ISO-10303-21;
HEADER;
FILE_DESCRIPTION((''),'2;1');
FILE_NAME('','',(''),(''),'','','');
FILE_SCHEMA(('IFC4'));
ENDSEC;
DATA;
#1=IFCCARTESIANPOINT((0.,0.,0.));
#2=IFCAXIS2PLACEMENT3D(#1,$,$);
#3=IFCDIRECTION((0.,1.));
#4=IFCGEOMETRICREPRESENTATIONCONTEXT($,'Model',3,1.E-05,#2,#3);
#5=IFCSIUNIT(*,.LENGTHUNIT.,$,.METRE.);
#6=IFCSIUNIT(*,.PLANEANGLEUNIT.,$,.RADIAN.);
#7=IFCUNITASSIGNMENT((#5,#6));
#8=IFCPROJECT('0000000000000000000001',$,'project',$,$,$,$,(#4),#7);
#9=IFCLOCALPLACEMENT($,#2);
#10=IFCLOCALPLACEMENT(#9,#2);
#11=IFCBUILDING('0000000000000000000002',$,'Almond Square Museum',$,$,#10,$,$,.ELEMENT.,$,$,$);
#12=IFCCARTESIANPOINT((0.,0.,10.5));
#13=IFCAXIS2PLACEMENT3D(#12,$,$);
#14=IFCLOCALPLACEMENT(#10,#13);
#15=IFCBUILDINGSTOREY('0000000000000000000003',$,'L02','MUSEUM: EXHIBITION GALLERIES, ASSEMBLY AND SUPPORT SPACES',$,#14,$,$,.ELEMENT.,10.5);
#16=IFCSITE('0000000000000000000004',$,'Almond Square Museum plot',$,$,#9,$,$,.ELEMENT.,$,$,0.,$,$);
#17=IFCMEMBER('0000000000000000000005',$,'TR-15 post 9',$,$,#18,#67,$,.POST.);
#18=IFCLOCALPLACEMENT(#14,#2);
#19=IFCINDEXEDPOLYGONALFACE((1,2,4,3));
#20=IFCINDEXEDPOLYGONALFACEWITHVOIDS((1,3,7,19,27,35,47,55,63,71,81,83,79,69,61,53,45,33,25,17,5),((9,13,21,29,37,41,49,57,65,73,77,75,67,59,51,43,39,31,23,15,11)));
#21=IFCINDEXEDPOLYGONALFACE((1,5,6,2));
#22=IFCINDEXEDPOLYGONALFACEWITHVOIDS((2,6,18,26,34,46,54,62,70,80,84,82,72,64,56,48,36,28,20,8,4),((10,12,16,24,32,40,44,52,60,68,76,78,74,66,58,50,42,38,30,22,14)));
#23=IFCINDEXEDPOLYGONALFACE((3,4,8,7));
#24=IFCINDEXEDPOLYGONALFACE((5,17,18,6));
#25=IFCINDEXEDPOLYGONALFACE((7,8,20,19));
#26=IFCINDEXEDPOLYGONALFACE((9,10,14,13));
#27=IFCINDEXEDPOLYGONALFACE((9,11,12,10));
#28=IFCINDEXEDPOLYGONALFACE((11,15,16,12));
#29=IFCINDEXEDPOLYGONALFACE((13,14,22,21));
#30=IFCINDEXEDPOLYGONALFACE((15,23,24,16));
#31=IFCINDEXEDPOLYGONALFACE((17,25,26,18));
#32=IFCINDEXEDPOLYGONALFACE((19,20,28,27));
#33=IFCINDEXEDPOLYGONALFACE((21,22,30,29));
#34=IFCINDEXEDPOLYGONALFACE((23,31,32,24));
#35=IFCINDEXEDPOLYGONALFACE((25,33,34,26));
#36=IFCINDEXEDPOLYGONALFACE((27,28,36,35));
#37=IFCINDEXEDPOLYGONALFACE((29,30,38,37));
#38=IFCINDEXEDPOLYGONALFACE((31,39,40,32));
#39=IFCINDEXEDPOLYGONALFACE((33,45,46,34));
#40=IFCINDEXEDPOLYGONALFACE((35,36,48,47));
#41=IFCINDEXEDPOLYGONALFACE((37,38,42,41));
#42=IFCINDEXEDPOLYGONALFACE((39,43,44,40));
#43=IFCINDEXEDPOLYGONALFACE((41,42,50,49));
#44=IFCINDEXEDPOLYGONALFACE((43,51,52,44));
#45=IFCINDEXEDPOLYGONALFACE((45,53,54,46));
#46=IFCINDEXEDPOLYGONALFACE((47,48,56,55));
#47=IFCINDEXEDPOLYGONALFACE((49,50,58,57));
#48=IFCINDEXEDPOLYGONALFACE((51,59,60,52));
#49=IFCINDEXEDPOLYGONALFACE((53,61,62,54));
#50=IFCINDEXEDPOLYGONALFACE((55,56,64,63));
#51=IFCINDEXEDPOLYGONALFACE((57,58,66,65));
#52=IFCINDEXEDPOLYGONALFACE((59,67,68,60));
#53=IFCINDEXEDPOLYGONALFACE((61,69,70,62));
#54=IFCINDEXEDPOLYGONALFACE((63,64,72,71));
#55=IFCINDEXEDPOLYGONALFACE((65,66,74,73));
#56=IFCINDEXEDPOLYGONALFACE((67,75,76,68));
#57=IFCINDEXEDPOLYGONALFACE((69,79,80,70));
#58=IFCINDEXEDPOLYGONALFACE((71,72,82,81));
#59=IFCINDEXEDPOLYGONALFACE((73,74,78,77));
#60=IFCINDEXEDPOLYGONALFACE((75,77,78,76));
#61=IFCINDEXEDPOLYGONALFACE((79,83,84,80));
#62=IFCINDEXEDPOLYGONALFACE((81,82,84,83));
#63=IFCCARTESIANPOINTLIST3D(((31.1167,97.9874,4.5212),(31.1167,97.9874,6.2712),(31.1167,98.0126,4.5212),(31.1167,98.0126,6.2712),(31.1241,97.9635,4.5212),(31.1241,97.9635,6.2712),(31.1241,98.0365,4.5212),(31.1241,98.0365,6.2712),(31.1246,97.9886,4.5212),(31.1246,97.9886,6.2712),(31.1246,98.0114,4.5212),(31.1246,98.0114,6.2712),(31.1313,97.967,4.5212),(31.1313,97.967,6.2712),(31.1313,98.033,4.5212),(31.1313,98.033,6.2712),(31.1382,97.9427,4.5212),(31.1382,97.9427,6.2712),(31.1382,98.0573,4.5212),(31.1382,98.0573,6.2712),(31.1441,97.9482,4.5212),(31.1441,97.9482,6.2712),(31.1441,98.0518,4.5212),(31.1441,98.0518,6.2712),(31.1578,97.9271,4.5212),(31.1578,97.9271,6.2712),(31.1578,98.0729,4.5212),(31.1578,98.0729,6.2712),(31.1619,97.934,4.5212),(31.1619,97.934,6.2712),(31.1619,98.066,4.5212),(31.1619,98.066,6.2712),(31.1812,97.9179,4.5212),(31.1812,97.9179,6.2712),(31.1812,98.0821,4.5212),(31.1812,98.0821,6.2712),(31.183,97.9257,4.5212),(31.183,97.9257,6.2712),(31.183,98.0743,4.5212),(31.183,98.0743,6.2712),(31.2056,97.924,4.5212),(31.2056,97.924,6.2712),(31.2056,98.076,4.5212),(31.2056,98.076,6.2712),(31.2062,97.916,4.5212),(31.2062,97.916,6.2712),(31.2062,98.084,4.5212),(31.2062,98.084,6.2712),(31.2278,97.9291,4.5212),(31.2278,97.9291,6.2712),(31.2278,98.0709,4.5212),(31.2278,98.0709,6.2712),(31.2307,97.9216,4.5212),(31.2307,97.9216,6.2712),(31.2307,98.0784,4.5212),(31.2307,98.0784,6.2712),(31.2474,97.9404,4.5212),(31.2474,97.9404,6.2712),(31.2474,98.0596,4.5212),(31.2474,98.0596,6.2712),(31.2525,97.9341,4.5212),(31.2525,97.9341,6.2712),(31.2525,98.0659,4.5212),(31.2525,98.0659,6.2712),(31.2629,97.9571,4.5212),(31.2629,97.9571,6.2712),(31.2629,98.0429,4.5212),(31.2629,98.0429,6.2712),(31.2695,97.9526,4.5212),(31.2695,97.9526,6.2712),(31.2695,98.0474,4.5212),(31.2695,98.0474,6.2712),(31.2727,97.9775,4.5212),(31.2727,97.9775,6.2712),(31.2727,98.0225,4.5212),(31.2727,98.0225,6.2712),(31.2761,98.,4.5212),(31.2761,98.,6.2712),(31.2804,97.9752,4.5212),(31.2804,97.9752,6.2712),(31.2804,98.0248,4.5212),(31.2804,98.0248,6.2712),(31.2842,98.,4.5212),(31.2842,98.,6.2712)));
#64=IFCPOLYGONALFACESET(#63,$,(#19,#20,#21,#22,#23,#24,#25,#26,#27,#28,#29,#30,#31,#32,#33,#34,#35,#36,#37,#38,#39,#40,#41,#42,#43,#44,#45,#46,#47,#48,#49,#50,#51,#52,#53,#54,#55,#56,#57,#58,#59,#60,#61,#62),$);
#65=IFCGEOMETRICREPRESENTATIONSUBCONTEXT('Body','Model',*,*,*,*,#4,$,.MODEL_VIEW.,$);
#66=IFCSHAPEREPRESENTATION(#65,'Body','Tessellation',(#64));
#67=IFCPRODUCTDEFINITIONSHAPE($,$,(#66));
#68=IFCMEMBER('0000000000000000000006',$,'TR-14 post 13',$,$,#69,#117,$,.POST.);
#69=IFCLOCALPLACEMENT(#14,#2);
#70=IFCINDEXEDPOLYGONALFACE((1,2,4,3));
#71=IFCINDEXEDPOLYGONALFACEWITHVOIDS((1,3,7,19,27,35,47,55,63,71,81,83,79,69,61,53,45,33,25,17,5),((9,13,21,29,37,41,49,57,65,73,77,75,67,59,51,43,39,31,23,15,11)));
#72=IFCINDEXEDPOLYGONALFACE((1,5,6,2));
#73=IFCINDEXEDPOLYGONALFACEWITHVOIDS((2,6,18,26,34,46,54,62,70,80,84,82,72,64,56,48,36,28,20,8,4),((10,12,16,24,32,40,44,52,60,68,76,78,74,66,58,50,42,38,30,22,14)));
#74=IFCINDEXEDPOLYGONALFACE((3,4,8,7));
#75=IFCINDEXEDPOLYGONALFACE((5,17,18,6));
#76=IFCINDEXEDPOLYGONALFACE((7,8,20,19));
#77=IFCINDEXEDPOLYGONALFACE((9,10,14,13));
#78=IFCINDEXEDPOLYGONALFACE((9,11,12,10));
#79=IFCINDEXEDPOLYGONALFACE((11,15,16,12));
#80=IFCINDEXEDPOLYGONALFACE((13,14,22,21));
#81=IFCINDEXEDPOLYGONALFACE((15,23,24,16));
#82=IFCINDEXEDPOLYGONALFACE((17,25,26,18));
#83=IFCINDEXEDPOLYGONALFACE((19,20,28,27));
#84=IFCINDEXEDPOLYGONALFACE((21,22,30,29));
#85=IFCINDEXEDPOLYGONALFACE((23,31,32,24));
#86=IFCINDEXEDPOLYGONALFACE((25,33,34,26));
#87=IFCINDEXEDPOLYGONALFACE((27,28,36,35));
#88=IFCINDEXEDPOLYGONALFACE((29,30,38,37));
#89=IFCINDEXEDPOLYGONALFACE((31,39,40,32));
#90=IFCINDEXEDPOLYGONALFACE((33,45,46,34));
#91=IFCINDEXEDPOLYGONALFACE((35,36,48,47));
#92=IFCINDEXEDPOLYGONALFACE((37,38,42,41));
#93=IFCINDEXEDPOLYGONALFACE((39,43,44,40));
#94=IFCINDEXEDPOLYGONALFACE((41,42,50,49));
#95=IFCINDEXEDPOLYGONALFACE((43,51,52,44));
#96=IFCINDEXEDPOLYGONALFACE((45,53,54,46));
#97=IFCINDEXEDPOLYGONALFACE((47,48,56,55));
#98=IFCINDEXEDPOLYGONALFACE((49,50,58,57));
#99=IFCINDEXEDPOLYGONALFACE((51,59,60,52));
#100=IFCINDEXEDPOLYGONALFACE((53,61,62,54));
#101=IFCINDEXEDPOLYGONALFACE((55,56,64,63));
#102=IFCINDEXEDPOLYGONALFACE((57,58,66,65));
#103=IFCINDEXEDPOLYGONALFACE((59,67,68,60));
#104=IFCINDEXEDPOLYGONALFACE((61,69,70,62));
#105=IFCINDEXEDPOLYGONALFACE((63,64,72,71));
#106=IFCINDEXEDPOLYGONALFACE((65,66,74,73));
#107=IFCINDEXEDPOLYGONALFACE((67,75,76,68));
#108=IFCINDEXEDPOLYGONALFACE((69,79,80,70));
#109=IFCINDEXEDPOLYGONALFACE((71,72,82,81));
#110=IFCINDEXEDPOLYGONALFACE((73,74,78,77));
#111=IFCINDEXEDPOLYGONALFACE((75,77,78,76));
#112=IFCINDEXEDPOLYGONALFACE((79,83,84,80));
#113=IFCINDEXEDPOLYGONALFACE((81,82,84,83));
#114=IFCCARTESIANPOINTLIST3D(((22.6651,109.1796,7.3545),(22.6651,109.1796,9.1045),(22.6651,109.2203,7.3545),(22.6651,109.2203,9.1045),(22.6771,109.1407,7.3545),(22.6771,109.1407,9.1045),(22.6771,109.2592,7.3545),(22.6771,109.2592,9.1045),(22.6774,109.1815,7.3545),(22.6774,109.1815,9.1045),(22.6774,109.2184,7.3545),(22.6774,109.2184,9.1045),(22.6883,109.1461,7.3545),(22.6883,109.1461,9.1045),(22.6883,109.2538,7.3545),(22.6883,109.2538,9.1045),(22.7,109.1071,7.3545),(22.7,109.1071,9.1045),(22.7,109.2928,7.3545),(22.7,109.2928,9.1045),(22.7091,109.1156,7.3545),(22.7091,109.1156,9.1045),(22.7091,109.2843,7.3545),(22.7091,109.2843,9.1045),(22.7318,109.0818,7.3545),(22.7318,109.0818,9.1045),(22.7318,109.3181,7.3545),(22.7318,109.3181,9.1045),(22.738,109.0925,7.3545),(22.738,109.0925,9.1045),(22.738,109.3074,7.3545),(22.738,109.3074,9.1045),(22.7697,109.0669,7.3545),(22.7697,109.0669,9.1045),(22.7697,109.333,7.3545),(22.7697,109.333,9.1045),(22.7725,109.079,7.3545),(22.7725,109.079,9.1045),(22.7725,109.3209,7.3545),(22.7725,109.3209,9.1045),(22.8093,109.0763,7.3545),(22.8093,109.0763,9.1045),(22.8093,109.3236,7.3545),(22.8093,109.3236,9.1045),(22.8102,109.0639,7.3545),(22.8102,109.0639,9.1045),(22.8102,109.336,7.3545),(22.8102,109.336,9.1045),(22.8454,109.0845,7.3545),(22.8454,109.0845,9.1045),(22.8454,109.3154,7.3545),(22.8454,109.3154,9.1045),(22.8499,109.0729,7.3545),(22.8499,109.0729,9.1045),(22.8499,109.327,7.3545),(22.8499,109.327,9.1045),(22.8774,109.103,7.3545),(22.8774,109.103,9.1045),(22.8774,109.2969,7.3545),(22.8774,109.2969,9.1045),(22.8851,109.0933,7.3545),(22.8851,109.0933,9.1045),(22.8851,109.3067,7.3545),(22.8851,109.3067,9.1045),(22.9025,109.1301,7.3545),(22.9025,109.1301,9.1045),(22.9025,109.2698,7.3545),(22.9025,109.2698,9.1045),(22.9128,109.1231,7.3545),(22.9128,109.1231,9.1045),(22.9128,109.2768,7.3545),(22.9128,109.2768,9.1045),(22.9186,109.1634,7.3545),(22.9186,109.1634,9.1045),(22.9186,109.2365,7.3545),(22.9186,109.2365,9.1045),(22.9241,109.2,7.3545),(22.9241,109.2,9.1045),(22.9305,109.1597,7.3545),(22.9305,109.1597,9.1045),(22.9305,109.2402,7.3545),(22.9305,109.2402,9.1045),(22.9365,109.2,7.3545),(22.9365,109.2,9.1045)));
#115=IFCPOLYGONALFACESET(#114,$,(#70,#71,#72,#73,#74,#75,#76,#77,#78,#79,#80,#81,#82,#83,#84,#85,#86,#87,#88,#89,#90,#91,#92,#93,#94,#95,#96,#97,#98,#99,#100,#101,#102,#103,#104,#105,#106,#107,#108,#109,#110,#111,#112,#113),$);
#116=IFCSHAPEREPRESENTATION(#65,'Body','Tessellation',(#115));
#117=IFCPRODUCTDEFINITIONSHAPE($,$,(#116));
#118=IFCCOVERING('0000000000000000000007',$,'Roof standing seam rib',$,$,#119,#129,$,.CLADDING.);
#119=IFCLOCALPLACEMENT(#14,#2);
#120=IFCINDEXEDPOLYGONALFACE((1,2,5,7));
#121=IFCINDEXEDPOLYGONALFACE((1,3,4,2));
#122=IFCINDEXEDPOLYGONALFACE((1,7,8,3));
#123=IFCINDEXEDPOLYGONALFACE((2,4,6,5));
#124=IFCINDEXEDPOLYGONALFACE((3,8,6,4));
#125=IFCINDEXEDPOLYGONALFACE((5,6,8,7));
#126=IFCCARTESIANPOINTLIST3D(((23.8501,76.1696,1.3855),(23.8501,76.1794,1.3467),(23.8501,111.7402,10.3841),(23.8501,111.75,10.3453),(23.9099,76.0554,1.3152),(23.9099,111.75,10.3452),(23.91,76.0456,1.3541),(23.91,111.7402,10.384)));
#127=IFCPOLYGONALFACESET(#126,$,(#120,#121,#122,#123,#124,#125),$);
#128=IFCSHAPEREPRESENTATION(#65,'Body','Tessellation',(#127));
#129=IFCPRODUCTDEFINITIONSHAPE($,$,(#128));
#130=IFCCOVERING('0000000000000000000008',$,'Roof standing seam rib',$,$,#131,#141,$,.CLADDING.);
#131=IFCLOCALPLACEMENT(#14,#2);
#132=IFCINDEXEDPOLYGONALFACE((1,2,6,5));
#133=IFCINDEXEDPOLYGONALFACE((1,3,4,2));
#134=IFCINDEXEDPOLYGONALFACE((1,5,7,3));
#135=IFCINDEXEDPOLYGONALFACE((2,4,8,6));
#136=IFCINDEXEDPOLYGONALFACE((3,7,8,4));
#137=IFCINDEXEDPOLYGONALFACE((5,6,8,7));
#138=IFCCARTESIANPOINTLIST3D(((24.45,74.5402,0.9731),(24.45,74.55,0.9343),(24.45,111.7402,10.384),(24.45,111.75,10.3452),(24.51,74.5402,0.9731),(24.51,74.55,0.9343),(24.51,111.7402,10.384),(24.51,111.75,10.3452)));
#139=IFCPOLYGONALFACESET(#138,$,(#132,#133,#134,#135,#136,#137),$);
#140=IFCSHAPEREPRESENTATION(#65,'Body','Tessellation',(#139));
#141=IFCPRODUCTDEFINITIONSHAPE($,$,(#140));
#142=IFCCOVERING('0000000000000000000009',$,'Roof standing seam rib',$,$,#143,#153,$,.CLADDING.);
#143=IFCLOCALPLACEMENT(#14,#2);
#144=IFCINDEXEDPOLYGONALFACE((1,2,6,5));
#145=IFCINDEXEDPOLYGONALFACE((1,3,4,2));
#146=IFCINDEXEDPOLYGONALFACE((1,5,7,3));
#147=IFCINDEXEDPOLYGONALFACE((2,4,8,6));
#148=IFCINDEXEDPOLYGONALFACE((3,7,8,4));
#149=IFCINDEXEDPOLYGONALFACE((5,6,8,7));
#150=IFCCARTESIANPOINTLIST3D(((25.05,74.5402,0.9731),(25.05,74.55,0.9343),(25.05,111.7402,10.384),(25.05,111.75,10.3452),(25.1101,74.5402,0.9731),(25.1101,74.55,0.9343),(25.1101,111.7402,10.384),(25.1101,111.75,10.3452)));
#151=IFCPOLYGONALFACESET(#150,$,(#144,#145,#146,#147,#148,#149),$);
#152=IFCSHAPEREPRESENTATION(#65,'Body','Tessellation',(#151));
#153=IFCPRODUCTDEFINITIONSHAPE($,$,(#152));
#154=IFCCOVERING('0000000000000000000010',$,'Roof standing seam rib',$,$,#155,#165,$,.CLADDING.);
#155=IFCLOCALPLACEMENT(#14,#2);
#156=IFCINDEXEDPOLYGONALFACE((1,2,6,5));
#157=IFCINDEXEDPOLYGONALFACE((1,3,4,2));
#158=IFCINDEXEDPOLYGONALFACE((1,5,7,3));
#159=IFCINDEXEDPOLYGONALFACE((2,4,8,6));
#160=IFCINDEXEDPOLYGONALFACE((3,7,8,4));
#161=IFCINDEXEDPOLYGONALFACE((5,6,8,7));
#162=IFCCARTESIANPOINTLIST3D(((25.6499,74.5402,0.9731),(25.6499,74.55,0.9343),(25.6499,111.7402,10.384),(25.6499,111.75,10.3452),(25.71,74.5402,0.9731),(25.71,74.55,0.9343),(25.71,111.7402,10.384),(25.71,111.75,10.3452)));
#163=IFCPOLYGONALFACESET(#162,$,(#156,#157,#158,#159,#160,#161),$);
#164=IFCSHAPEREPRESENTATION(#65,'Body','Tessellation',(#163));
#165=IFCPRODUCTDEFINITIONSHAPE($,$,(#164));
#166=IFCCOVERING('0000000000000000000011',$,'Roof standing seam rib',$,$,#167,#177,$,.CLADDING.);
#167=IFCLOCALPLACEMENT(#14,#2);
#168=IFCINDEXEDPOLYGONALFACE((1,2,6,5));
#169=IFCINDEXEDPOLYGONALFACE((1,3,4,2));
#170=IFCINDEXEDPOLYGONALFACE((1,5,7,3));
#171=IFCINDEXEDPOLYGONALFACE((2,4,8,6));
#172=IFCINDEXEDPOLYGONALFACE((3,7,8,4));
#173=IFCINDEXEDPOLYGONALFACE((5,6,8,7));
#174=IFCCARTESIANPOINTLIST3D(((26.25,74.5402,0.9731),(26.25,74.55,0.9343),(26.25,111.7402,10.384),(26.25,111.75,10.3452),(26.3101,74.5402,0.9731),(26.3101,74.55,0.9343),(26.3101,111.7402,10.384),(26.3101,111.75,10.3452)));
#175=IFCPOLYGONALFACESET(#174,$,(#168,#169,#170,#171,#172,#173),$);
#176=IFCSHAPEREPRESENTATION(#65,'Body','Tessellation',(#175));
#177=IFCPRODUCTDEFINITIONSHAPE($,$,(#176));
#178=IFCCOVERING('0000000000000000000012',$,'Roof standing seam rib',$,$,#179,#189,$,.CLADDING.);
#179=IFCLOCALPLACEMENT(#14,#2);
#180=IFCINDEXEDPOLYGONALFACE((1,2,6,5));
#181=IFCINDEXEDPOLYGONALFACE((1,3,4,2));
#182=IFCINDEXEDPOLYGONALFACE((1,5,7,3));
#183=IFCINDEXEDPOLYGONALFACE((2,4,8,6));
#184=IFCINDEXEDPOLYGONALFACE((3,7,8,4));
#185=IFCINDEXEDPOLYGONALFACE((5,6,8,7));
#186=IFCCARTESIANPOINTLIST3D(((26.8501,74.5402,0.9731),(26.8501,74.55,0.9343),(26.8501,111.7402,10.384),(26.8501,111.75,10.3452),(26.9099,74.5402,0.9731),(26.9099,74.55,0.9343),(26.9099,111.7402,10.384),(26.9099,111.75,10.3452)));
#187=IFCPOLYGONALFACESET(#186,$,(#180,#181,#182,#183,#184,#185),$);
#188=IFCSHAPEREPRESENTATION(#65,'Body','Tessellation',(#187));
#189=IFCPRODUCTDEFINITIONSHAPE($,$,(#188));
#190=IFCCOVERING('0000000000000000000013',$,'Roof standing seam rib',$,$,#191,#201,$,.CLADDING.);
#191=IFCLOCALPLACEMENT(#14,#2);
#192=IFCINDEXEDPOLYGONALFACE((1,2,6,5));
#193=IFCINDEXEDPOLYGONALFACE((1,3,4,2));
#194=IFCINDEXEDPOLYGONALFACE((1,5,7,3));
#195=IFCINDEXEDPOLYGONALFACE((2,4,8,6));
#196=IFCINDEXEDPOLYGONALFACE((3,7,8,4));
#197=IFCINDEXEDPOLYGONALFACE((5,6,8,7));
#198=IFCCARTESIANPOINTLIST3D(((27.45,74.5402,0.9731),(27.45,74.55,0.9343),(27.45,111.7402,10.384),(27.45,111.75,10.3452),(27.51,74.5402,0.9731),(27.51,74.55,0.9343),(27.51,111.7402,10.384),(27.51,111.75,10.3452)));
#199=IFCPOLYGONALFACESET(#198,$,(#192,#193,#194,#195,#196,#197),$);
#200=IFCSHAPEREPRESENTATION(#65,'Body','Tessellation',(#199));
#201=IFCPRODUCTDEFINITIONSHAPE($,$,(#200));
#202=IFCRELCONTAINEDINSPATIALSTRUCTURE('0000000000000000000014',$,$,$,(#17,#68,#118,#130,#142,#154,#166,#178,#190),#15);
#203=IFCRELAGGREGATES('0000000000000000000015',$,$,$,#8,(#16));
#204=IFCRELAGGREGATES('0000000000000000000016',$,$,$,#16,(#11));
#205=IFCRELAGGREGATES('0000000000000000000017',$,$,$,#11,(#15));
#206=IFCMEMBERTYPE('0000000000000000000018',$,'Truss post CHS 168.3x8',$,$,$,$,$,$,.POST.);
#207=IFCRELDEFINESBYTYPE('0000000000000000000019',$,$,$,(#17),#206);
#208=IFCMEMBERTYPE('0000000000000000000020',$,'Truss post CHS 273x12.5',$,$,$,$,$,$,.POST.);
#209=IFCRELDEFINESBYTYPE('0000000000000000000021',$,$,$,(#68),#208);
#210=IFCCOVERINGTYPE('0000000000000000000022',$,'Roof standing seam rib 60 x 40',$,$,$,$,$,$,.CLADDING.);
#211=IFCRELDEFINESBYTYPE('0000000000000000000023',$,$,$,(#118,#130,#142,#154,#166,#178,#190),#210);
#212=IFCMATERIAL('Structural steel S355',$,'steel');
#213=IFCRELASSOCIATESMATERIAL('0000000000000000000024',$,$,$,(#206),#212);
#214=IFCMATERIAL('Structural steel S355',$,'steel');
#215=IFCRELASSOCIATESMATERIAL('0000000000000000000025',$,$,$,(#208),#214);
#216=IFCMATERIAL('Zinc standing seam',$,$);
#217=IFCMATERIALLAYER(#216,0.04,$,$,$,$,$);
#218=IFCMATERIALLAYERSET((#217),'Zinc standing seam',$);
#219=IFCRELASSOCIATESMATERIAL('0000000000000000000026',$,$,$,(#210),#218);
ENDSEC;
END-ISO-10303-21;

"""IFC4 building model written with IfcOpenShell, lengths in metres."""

from ifc_helpers import new_model, si_unit, direction, frame, origin, origin_2d, place, context, subcontext, project, spatial, polyline, hollow_circle, outline, extrude, material, layer, layer_set, material_profile, profile_set, type_object, element, save


model = new_model("IFC4")

# Units and contexts
model_context = context("Model", 3, precision=1e-05, world=origin(), true_north=direction((0.0, 1.0)))
body_context = subcontext(model_context, "Body", "Model", "MODEL_VIEW")
ifc_project = project(units=[si_unit("LENGTHUNIT", "METRE"), si_unit("PLANEANGLEUNIT", "RADIAN")], contexts=[model_context])

# Site, building, storey
site_placement = place(None, origin())
site = spatial("IfcSite", under=ifc_project, at=site_placement, Name="Almond Square Museum plot", CompositionType="ELEMENT", RefElevation=0.0)
building_placement = place(site_placement, origin())
building = spatial("IfcBuilding", under=site, at=building_placement, Name="Almond Square Museum", CompositionType="ELEMENT")
storey_placement = place(building_placement, frame((0.0, 0.0, 10.5)))
storey = spatial("IfcBuildingStorey", under=building, at=storey_placement, Name="L02", Description="MUSEUM: EXHIBITION GALLERIES, ASSEMBLY AND SUPPORT SPACES", CompositionType="ELEMENT", Elevation=10.5)

# Members
ifc_material_1 = material(Name="Structural steel S355", Category="steel")
ifc_material_profile_1 = material_profile(ifc_material_1, hollow_circle(Radius=0.0842, WallThickness=0.0081, at=origin_2d()))
ifc_profile_set_1 = profile_set([ifc_material_profile_1], Name="Structural steel S355")
member_type_1 = type_object("IfcMemberType", Name="Truss post CHS 168.3x8", PredefinedType="POST", material=ifc_profile_set_1)
for number, where, z_axis, x_axis, name in (
    (1, (31.2, 98.0, 4.5212), (0.0, 0.0, 1.0), (1.0, 0.0, 0.0), "TR-15 post 9"),
):
    element("IfcMember", number, at=place(storey_placement, frame(where, z_axis=z_axis, x_axis=x_axis)), inside=storey, type_object=member_type_1, Name=name, PredefinedType="POST", context=body_context, shape_type="SweptSolid", body=[
        extrude(hollow_circle(Radius=0.0842, WallThickness=0.0081, at=origin_2d()), origin(), (0.0, 0.0, 1.0), 1.75),
    ])
ifc_material_2 = material(Name="Structural steel S355", Category="steel")
ifc_material_profile_2 = material_profile(ifc_material_2, hollow_circle(Radius=0.1365, WallThickness=0.0125, at=origin_2d()))
ifc_profile_set_2 = profile_set([ifc_material_profile_2], Name="Structural steel S355")
member_type_2 = type_object("IfcMemberType", Name="Truss post CHS 273x12.5", PredefinedType="POST", material=ifc_profile_set_2)
member_1_placement = place(storey_placement, frame((22.8, 109.2, 7.3545), z_axis=(0.0, 0.0, 1.0), x_axis=(1.0, 0.0, 0.0)))
element("IfcMember", 2, at=member_1_placement, inside=storey, type_object=member_type_2, Name="TR-14 post 13", PredefinedType="POST", context=body_context, shape_type="SweptSolid", body=[
    extrude(hollow_circle(Radius=0.1365, WallThickness=0.0125, at=origin_2d()), origin(), (0.0, 0.0, 1.0), 1.75),
])

# Coverings
ifc_material_3 = material(Name="Zinc standing seam")
ifc_layer = layer(ifc_material_3, 0.04)
ifc_layer_set = layer_set([ifc_layer], Name="Zinc standing seam")
covering_type = type_object("IfcCoveringType", Name="Roof standing seam rib 60 x 40", PredefinedType="CLADDING", material=ifc_layer_set)
covering_1_placement = place(storey_placement, frame((23.9099, 111.75, 10.3452), z_axis=(0.000963, -0.245252, 0.969459), x_axis=(-1.0, -0.000236, 0.000934)))
element("IfcCovering", 3, at=covering_1_placement, inside=storey, type_object=covering_type, Name="Roof standing seam rib", PredefinedType="CLADDING", context=body_context, shape_type="SweptSolid", body=[
    extrude(outline(polyline([(0.0, 0.0), (0.0598, 0.0), (0.0598, 36.6911), (0.0, 36.8191), (0.0, 0.0)])), origin(), (0.0, 0.0, 1.0), 0.04),
])
for number, where, z_axis, x_axis, name in (
    (4, (24.51, 111.75, 10.3452), (0.0, -0.245255, 0.969459), (-1.0, 0.0, 0.0), "Roof standing seam rib"),
    (5, (25.1101, 111.75, 10.3452), (0.0, -0.245255, 0.969459), (-1.0, 0.0, 0.0), "Roof standing seam rib"),
    (6, (25.71, 111.75, 10.3452), (0.0, -0.245255, 0.969459), (-1.0, 0.0, 0.0), "Roof standing seam rib"),
    (7, (26.3101, 111.75, 10.3452), (0.0, -0.245255, 0.969459), (-1.0, 0.0, 0.0), "Roof standing seam rib"),
):
    element("IfcCovering", number, at=place(storey_placement, frame(where, z_axis=z_axis, x_axis=x_axis)), inside=storey, type_object=covering_type, Name=name, PredefinedType="CLADDING", context=body_context, shape_type="SweptSolid", body=[
        extrude(outline(polyline([(0.0, 0.0), (0.0601, 0.0), (0.0601, 38.3719), (0.0, 38.3719), (0.0, 0.0)])), origin(), (0.0, 0.0, 1.0), 0.04),
    ])
covering_2_placement = place(storey_placement, frame((26.9099, 111.75, 10.3452), z_axis=(0.0, -0.245255, 0.969459), x_axis=(-1.0, 0.0, 0.0)))
element("IfcCovering", 8, at=covering_2_placement, inside=storey, type_object=covering_type, Name="Roof standing seam rib", PredefinedType="CLADDING", context=body_context, shape_type="SweptSolid", body=[
    extrude(outline(polyline([(0.0, 0.0), (0.0598, 0.0), (0.0598, 38.3719), (0.0, 38.3719), (0.0, 0.0)])), origin(), (0.0, 0.0, 1.0), 0.04),
])
for number, where, z_axis, x_axis, name in (
    (9, (27.51, 111.75, 10.3452), (0.0, -0.245255, 0.969459), (-1.0, 0.0, 0.0), "Roof standing seam rib"),
):
    element("IfcCovering", number, at=place(storey_placement, frame(where, z_axis=z_axis, x_axis=x_axis)), inside=storey, type_object=covering_type, Name=name, PredefinedType="CLADDING", context=body_context, shape_type="SweptSolid", body=[
        extrude(outline(polyline([(0.0, 0.0), (0.0601, 0.0), (0.0601, 38.3719), (0.0, 38.3719), (0.0, 0.0)])), origin(), (0.0, 0.0, 1.0), 0.04),
    ])

save(model, "model.ifc")
